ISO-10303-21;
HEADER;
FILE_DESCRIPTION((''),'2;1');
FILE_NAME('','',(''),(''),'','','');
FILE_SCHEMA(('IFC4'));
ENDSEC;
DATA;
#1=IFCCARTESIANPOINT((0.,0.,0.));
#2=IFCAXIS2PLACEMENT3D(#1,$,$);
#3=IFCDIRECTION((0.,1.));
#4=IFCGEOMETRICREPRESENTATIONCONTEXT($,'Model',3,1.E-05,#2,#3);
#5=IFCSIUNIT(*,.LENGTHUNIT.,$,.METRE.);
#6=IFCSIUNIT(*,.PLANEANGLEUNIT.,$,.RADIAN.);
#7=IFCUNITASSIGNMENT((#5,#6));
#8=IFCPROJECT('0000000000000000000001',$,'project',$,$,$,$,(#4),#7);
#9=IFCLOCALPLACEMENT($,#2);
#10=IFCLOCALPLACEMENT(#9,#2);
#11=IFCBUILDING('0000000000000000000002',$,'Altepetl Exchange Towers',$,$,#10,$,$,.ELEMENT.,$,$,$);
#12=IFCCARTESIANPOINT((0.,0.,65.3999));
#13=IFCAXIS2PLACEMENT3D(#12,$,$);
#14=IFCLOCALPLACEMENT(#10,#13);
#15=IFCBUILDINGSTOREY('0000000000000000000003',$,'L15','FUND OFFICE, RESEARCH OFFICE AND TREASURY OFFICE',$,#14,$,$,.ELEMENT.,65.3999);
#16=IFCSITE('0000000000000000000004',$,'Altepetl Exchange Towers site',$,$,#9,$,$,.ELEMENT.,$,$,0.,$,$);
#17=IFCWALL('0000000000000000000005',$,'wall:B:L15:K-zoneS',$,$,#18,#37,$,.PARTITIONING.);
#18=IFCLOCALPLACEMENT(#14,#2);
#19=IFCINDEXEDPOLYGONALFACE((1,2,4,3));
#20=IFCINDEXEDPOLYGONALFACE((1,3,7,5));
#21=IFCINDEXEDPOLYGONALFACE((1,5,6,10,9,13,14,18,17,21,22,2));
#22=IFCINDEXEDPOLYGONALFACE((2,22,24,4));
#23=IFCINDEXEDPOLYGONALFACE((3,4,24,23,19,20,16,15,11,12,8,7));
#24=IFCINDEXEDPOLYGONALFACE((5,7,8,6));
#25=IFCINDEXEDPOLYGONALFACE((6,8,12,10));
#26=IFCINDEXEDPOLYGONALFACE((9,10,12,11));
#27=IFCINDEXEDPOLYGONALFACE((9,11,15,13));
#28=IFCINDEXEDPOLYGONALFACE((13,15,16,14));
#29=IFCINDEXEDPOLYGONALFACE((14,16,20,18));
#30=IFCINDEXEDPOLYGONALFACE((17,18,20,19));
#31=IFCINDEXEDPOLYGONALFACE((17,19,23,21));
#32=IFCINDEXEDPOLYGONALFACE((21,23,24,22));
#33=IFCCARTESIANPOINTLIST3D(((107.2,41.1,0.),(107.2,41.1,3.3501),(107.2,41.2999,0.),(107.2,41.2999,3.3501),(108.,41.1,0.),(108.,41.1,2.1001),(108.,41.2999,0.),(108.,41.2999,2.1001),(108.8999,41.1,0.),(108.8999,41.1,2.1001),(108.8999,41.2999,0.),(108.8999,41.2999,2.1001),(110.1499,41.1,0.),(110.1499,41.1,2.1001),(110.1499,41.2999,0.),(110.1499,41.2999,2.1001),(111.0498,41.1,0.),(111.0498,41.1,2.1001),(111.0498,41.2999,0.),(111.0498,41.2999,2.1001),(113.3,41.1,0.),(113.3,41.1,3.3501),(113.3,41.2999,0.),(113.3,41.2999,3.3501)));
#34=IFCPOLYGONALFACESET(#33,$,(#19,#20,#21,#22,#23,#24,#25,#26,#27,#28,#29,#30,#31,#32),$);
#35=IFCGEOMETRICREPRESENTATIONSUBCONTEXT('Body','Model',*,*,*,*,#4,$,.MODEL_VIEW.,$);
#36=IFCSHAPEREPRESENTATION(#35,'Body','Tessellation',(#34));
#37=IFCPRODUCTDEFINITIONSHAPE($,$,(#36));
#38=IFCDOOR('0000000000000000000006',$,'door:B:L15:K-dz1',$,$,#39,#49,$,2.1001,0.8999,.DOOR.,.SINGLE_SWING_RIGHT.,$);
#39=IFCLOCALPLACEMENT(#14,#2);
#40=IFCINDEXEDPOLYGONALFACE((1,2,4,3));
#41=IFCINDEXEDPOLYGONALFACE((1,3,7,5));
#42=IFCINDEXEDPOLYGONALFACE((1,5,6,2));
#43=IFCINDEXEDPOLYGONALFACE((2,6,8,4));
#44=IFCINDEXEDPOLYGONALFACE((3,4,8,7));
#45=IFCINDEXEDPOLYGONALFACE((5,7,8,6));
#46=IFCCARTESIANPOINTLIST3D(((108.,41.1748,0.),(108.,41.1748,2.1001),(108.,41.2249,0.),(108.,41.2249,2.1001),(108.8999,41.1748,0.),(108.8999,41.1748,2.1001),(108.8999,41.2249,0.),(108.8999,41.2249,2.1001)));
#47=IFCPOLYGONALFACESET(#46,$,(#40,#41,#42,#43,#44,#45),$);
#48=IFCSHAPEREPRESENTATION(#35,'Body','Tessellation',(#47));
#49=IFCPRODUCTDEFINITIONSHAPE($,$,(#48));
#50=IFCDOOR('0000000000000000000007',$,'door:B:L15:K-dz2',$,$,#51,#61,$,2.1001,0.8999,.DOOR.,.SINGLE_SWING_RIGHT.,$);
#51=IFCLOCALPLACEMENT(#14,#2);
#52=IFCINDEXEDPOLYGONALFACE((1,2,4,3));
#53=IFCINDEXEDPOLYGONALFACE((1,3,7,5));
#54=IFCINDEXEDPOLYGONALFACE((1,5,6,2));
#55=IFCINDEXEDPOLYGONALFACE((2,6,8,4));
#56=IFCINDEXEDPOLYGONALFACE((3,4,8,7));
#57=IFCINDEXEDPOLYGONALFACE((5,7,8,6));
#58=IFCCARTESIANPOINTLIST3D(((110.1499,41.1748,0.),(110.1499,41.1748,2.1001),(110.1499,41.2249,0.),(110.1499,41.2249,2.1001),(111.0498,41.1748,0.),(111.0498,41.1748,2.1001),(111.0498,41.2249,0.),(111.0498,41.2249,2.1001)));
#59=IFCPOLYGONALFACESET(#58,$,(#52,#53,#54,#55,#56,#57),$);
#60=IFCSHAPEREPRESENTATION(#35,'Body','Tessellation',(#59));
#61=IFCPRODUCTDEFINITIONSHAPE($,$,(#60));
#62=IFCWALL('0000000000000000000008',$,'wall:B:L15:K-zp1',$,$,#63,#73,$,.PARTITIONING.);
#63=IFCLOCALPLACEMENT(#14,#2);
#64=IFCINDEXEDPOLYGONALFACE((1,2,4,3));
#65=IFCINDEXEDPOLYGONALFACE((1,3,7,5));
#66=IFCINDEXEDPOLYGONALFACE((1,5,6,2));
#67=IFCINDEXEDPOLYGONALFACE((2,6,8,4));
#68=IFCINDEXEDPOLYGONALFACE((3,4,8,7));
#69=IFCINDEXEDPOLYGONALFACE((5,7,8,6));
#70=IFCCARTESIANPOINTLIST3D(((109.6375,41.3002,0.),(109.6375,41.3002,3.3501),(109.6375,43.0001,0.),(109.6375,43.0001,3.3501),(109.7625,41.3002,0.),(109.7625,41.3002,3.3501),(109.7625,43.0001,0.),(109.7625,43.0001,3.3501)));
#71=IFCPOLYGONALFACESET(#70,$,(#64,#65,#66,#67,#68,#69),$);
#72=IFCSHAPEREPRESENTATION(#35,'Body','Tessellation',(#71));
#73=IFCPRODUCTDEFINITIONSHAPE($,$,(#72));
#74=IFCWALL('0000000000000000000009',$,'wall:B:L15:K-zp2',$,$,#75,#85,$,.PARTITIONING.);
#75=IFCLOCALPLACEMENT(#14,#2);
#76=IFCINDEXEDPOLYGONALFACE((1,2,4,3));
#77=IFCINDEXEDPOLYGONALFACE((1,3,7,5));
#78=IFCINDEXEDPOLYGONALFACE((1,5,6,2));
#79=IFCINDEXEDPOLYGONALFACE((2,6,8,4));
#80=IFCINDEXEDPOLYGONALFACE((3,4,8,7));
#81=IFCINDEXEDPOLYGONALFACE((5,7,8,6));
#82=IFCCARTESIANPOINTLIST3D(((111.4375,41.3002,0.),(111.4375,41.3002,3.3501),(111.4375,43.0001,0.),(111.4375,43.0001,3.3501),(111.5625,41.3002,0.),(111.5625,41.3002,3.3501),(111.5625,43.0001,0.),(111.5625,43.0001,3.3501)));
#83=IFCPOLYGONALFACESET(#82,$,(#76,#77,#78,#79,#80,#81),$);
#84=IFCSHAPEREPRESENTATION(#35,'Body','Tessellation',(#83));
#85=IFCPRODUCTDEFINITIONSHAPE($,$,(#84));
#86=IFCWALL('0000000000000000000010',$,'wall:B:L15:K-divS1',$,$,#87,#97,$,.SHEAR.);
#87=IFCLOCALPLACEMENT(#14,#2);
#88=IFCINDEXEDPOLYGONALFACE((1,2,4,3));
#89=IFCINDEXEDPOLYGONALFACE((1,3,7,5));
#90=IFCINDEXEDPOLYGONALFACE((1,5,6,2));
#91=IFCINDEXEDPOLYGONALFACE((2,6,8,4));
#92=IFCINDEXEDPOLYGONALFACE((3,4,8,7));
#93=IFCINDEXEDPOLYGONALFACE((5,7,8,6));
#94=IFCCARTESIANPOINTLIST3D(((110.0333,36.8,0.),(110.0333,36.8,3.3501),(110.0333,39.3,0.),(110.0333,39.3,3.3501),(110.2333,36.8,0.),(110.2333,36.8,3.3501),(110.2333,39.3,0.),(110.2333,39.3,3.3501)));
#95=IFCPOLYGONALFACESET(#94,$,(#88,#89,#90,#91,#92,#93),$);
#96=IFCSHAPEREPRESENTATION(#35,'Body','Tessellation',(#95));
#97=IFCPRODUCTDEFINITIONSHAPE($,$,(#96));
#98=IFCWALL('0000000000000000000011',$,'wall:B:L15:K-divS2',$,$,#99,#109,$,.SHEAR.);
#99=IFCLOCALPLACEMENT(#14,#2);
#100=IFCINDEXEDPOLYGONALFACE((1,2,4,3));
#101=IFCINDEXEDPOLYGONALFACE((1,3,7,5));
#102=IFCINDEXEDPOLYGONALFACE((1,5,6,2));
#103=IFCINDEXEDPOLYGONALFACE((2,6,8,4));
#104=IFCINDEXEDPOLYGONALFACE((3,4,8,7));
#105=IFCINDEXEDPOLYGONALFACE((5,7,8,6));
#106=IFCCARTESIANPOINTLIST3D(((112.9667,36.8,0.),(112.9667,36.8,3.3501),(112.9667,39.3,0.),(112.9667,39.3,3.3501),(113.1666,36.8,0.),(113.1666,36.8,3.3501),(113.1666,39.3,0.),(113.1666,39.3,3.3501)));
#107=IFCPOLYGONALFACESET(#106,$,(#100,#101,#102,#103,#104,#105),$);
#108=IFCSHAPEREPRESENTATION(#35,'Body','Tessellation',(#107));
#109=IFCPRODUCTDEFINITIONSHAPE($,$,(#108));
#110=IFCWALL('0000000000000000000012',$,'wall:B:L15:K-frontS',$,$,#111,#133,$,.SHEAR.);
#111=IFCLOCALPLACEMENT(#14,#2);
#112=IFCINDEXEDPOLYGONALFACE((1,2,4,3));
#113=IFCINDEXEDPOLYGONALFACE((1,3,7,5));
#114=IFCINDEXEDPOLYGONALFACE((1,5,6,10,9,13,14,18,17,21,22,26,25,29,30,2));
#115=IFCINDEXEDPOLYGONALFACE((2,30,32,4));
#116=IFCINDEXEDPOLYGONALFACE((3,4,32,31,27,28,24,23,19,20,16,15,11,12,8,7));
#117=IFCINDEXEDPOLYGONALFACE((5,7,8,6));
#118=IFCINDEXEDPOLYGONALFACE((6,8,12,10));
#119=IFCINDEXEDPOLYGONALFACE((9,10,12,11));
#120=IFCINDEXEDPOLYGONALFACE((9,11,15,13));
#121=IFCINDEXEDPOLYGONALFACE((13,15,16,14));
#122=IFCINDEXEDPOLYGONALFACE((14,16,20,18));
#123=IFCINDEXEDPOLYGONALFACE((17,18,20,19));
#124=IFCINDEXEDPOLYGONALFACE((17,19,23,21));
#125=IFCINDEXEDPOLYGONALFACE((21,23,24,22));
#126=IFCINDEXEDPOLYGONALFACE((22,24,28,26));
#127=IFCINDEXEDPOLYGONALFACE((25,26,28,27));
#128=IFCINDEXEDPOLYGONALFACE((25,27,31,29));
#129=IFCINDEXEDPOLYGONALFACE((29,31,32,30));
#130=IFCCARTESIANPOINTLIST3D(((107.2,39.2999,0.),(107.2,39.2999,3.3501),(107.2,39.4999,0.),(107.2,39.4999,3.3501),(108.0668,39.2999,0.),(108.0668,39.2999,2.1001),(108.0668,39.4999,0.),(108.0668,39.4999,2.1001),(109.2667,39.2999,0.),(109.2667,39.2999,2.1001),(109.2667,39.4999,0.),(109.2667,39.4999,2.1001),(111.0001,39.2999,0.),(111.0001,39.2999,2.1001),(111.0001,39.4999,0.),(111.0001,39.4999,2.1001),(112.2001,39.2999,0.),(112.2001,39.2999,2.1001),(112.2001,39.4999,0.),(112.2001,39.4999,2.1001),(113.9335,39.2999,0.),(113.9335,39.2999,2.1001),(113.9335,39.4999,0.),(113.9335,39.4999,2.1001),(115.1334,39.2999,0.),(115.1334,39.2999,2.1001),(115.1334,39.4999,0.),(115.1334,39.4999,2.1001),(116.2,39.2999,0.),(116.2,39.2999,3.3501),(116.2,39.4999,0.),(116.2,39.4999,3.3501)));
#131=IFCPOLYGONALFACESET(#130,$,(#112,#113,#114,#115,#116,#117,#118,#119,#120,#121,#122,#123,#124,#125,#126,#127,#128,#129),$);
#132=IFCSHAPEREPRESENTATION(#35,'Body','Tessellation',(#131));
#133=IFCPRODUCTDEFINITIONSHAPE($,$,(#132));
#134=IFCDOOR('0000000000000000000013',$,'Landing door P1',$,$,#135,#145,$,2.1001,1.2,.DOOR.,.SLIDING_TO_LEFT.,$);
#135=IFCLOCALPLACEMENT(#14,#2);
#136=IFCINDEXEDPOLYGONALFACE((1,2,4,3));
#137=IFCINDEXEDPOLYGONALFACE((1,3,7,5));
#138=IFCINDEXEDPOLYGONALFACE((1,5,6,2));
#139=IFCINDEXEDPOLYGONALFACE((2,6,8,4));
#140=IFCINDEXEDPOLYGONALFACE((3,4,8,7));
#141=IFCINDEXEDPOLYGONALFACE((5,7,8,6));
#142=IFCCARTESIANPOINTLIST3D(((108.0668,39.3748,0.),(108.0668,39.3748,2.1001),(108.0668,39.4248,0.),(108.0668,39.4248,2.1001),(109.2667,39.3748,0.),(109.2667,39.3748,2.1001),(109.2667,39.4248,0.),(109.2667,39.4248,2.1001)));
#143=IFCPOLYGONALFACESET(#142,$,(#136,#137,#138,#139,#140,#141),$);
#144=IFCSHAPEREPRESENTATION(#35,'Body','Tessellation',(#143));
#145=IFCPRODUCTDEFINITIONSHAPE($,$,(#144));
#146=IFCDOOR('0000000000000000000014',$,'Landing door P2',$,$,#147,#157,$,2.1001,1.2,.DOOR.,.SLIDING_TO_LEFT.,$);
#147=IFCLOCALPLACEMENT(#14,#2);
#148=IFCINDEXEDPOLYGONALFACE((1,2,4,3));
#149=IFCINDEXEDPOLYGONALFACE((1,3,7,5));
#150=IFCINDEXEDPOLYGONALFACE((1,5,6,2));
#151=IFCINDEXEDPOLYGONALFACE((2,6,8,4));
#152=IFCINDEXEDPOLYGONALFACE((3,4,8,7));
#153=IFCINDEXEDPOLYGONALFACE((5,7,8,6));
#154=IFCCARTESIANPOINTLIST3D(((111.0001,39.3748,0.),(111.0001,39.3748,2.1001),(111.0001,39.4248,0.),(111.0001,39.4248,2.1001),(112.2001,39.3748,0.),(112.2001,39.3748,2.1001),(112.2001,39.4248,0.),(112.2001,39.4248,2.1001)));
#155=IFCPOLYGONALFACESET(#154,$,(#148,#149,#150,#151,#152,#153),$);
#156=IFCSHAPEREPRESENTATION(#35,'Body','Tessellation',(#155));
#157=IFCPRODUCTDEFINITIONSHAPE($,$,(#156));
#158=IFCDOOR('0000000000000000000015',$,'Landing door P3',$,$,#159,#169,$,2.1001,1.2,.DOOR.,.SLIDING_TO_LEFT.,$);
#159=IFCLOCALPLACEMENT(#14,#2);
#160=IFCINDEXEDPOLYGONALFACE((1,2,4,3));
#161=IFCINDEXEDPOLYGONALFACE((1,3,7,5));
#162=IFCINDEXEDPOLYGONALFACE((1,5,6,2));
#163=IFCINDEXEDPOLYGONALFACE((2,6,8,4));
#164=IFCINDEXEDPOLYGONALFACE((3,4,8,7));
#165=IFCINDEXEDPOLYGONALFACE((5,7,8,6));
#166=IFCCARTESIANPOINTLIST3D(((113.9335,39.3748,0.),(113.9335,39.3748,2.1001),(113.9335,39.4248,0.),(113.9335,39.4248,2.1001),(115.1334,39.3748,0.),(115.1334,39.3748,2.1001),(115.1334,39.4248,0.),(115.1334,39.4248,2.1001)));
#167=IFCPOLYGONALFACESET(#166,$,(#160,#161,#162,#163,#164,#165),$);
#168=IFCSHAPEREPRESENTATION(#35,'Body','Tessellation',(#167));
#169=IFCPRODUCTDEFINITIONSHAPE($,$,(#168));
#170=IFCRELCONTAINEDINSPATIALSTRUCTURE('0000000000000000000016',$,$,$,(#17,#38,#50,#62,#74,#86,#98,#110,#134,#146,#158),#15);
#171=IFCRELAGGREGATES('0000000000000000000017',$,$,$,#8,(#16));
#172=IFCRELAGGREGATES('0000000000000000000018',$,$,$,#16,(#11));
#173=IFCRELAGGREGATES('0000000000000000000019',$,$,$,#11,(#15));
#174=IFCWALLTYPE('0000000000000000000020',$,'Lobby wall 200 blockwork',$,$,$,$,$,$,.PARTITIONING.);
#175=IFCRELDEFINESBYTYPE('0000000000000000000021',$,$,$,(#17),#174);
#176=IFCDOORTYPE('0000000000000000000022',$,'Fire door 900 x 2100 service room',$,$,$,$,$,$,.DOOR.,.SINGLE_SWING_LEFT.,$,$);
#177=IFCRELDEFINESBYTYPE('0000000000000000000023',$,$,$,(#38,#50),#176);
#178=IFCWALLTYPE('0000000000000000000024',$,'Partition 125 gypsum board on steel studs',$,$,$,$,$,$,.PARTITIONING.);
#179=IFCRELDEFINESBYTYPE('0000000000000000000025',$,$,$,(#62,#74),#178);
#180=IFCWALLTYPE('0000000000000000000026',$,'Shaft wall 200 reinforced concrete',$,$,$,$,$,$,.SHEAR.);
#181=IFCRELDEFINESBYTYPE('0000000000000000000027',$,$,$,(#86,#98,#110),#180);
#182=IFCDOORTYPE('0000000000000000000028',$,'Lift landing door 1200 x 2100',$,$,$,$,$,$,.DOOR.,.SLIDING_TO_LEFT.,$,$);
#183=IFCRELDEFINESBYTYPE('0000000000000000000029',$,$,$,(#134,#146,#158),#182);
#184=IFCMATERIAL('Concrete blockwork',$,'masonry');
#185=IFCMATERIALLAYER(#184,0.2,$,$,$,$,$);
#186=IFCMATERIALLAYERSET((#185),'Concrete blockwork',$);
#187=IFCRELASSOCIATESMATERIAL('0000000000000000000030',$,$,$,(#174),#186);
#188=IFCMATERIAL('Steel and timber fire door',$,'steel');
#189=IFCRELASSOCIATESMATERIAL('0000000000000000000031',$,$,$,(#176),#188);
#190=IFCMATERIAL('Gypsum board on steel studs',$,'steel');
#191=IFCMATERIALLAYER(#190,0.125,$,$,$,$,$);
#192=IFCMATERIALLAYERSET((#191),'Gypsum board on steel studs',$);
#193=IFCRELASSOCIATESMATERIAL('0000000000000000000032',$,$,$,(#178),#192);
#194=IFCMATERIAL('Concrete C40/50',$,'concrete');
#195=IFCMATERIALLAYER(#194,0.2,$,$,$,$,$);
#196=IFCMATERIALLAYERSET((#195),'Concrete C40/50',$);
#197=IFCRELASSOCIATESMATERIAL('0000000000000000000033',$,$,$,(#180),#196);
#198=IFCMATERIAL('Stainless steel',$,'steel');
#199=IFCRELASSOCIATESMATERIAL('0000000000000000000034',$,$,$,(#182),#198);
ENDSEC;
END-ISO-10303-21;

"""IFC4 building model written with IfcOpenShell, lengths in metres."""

from ifc_helpers import new_model, si_unit, direction, frame, frame_2d, origin, place, context, subcontext, project, spatial, rectangle, extrude, material, layer, layer_set, type_object, element, fill, save


model = new_model("IFC4")

# Units and contexts
model_context = context("Model", 3, precision=1e-05, world=origin(), true_north=direction((0.0, 1.0)))
body_context = subcontext(model_context, "Body", "Model", "MODEL_VIEW")
ifc_project = project(units=[si_unit("LENGTHUNIT", "METRE"), si_unit("PLANEANGLEUNIT", "RADIAN")], contexts=[model_context])

# Site, building, storey
site_placement = place(None, origin())
site = spatial("IfcSite", under=ifc_project, at=site_placement, Name="Altepetl Exchange Towers site", CompositionType="ELEMENT", RefElevation=0.0)
building_placement = place(site_placement, origin())
building = spatial("IfcBuilding", under=site, at=building_placement, Name="Altepetl Exchange Towers", CompositionType="ELEMENT")
storey_placement = place(building_placement, frame((0.0, 0.0, 65.3999)))
storey = spatial("IfcBuildingStorey", under=building, at=storey_placement, Name="L15", Description="FUND OFFICE, RESEARCH OFFICE AND TREASURY OFFICE", CompositionType="ELEMENT", Elevation=65.3999)

# Shared definitions
ifc_material_1 = material(Name="Steel and timber fire door", Category="steel")

# Wall, openings, doors
ifc_material_2 = material(Name="Concrete blockwork", Category="masonry")
ifc_layer_1 = layer(ifc_material_2, 0.2)
ifc_layer_set_1 = layer_set([ifc_layer_1], Name="Concrete blockwork")
wall_type_1 = type_object("IfcWallType", Name="Lobby wall 200 blockwork", PredefinedType="PARTITIONING", material=ifc_layer_set_1)
wall_1_placement = place(storey_placement, frame((107.2, 41.2, 0.0)))
wall_1 = element("IfcWall", 1, at=wall_1_placement, inside=storey, type_object=wall_type_1, Name="wall:B:L15:K-zoneS", PredefinedType="PARTITIONING", context=body_context, shape_type="SweptSolid", body=[
    extrude(rectangle(XDim=6.1001, YDim=0.2, at=frame_2d((3.05, 0.0))), origin(), (0.0, 0.0, 1.0), 3.3501),
])
opening_1_placement = place(wall_1_placement, frame((0.8, 0.0, 0.0)))
opening_1 = element("IfcOpeningElement", 2, at=opening_1_placement, cuts=wall_1, PredefinedType="OPENING", context=body_context, shape_type="SweptSolid", body=[
    extrude(rectangle(XDim=0.8999, YDim=2.1001, at=frame_2d((0.45, 1.05))), frame((0.0, 0.1099, 0.0), z_axis=(0.0, -1.0, 0.0), x_axis=(1.0, 0.0, 0.0)), (0.0, 0.0, 1.0), 0.22),
])
opening_2_placement = place(wall_1_placement, frame((2.95, 0.0, 0.0)))
opening_2 = element("IfcOpeningElement", 3, at=opening_2_placement, cuts=wall_1, PredefinedType="OPENING", context=body_context, shape_type="SweptSolid", body=[
    extrude(rectangle(XDim=0.8999, YDim=2.1001, at=frame_2d((0.45, 1.05))), frame((0.0, 0.1099, 0.0), z_axis=(0.0, -1.0, 0.0), x_axis=(1.0, 0.0, 0.0)), (0.0, 0.0, 1.0), 0.22),
])
door_type_1 = type_object("IfcDoorType", Name="Fire door 900 x 2100 service room", OperationType="SINGLE_SWING_LEFT", PredefinedType="DOOR", material=ifc_material_1)
door_1_placement = place(opening_1_placement, origin())
door_1 = element("IfcDoor", 4, at=door_1_placement, inside=storey, type_object=door_type_1, Name="door:B:L15:K-dz1", OperationType="SINGLE_SWING_RIGHT", OverallHeight=2.1001, OverallWidth=0.8999, PredefinedType="DOOR", context=body_context, shape_type="SweptSolid", body=[
    extrude(rectangle(XDim=0.8999, YDim=2.1001, at=frame_2d((0.45, 1.05))), frame((0.0, 0.0249, 0.0), z_axis=(0.0, -1.0, 0.0), x_axis=(1.0, 0.0, 0.0)), (0.0, 0.0, 1.0), 0.05),
])
fill(opening_1, door_1)
door_2_placement = place(opening_2_placement, origin())
door_2 = element("IfcDoor", 5, at=door_2_placement, inside=storey, type_object=door_type_1, Name="door:B:L15:K-dz2", OperationType="SINGLE_SWING_RIGHT", OverallHeight=2.1001, OverallWidth=0.8999, PredefinedType="DOOR", context=body_context, shape_type="SweptSolid", body=[
    extrude(rectangle(XDim=0.8999, YDim=2.1001, at=frame_2d((0.45, 1.05))), frame((0.0, 0.0249, 0.0), z_axis=(0.0, -1.0, 0.0), x_axis=(1.0, 0.0, 0.0)), (0.0, 0.0, 1.0), 0.05),
])
fill(opening_2, door_2)

# Walls
ifc_material_3 = material(Name="Gypsum board on steel studs", Category="steel")
ifc_layer_2 = layer(ifc_material_3, 0.125)
ifc_layer_set_2 = layer_set([ifc_layer_2], Name="Gypsum board on steel studs")
wall_type_2 = type_object("IfcWallType", Name="Partition 125 gypsum board on steel studs", PredefinedType="PARTITIONING", material=ifc_layer_set_2)
for number, where, z_axis, x_axis, name in (
    (6, (109.7, 41.3, 0.0), (0.0, 0.0, 1.0), (0.0, 1.0, 0.0), "wall:B:L15:K-zp1"),
    (7, (111.5, 41.3, 0.0), (0.0, 0.0, 1.0), (0.0, 1.0, 0.0), "wall:B:L15:K-zp2"),
):
    element("IfcWall", number, at=place(storey_placement, frame(where, z_axis=z_axis, x_axis=x_axis)), inside=storey, type_object=wall_type_2, Name=name, PredefinedType="PARTITIONING", context=body_context, shape_type="SweptSolid", body=[
        extrude(rectangle(XDim=1.7, YDim=0.125, at=frame_2d((0.8501, 0.0))), origin(), (0.0, 0.0, 1.0), 3.3501),
    ])
ifc_material_4 = material(Name="Concrete C40/50", Category="concrete")
ifc_layer_3 = layer(ifc_material_4, 0.2)
ifc_layer_set_3 = layer_set([ifc_layer_3], Name="Concrete C40/50")
wall_type_3 = type_object("IfcWallType", Name="Shaft wall 200 reinforced concrete", PredefinedType="SHEAR", material=ifc_layer_set_3)
for number, where, z_axis, x_axis, name in (
    (8, (110.1333, 36.8, 0.0), (0.0, 0.0, 1.0), (0.0, 1.0, 0.0), "wall:B:L15:K-divS1"),
    (9, (113.0667, 36.8, 0.0), (0.0, 0.0, 1.0), (0.0, 1.0, 0.0), "wall:B:L15:K-divS2"),
):
    element("IfcWall", number, at=place(storey_placement, frame(where, z_axis=z_axis, x_axis=x_axis)), inside=storey, type_object=wall_type_3, Name=name, PredefinedType="SHEAR", context=body_context, shape_type="SweptSolid", body=[
        extrude(rectangle(XDim=2.5, YDim=0.2, at=frame_2d((1.25, 0.0))), origin(), (0.0, 0.0, 1.0), 3.3501),
    ])

# Wall, openings, doors
wall_2_placement = place(storey_placement, frame((107.2, 39.3999, 0.0)))
wall_2 = element("IfcWall", 10, at=wall_2_placement, inside=storey, type_object=wall_type_3, Name="wall:B:L15:K-frontS", PredefinedType="SHEAR", context=body_context, shape_type="SweptSolid", body=[
    extrude(rectangle(XDim=9.0, YDim=0.2, at=frame_2d((4.5, 0.0))), origin(), (0.0, 0.0, 1.0), 3.3501),
])
opening_3_placement = place(wall_2_placement, frame((0.8667, 0.0, 0.0)))
opening_3 = element("IfcOpeningElement", 11, at=opening_3_placement, cuts=wall_2, PredefinedType="OPENING", context=body_context, shape_type="SweptSolid", body=[
    extrude(rectangle(XDim=1.2, YDim=2.1001, at=frame_2d((0.6001, 1.05))), frame((0.0, 0.1099, 0.0), z_axis=(0.0, -1.0, 0.0), x_axis=(1.0, 0.0, 0.0)), (0.0, 0.0, 1.0), 0.22),
])
opening_4_placement = place(wall_2_placement, frame((3.8, 0.0, 0.0)))
opening_4 = element("IfcOpeningElement", 12, at=opening_4_placement, cuts=wall_2, PredefinedType="OPENING", context=body_context, shape_type="SweptSolid", body=[
    extrude(rectangle(XDim=1.2, YDim=2.1001, at=frame_2d((0.6001, 1.05))), frame((0.0, 0.1099, 0.0), z_axis=(0.0, -1.0, 0.0), x_axis=(1.0, 0.0, 0.0)), (0.0, 0.0, 1.0), 0.22),
])
opening_5_placement = place(wall_2_placement, frame((6.7334, 0.0, 0.0)))
opening_5 = element("IfcOpeningElement", 13, at=opening_5_placement, cuts=wall_2, PredefinedType="OPENING", context=body_context, shape_type="SweptSolid", body=[
    extrude(rectangle(XDim=1.2, YDim=2.1001, at=frame_2d((0.6001, 1.05))), frame((0.0, 0.1099, 0.0), z_axis=(0.0, -1.0, 0.0), x_axis=(1.0, 0.0, 0.0)), (0.0, 0.0, 1.0), 0.22),
])
ifc_material_5 = material(Name="Stainless steel", Category="steel")
door_type_2 = type_object("IfcDoorType", Name="Lift landing door 1200 x 2100", OperationType="SLIDING_TO_LEFT", PredefinedType="DOOR", material=ifc_material_5)
door_3_placement = place(opening_3_placement, origin())
door_3 = element("IfcDoor", 14, at=door_3_placement, inside=storey, type_object=door_type_2, Name="Landing door P1", OperationType="SLIDING_TO_LEFT", OverallHeight=2.1001, OverallWidth=1.2, PredefinedType="DOOR", context=body_context, shape_type="SweptSolid", body=[
    extrude(rectangle(XDim=1.2, YDim=2.1001, at=frame_2d((0.6001, 1.05))), frame((0.0, 0.0249, 0.0), z_axis=(0.0, -1.0, 0.0), x_axis=(1.0, 0.0, 0.0)), (0.0, 0.0, 1.0), 0.05),
])
fill(opening_3, door_3)
door_4_placement = place(opening_4_placement, origin())
door_4 = element("IfcDoor", 15, at=door_4_placement, inside=storey, type_object=door_type_2, Name="Landing door P2", OperationType="SLIDING_TO_LEFT", OverallHeight=2.1001, OverallWidth=1.2, PredefinedType="DOOR", context=body_context, shape_type="SweptSolid", body=[
    extrude(rectangle(XDim=1.2, YDim=2.1001, at=frame_2d((0.6001, 1.05))), frame((0.0, 0.0249, 0.0), z_axis=(0.0, -1.0, 0.0), x_axis=(1.0, 0.0, 0.0)), (0.0, 0.0, 1.0), 0.05),
])
fill(opening_4, door_4)
door_5_placement = place(opening_5_placement, origin())
door_5 = element("IfcDoor", 16, at=door_5_placement, inside=storey, type_object=door_type_2, Name="Landing door P3", OperationType="SLIDING_TO_LEFT", OverallHeight=2.1001, OverallWidth=1.2, PredefinedType="DOOR", context=body_context, shape_type="SweptSolid", body=[
    extrude(rectangle(XDim=1.2, YDim=2.1001, at=frame_2d((0.6001, 1.05))), frame((0.0, 0.0249, 0.0), z_axis=(0.0, -1.0, 0.0), x_axis=(1.0, 0.0, 0.0)), (0.0, 0.0, 1.0), 0.05),
])
fill(opening_5, door_5)

save(model, "model.ifc")
